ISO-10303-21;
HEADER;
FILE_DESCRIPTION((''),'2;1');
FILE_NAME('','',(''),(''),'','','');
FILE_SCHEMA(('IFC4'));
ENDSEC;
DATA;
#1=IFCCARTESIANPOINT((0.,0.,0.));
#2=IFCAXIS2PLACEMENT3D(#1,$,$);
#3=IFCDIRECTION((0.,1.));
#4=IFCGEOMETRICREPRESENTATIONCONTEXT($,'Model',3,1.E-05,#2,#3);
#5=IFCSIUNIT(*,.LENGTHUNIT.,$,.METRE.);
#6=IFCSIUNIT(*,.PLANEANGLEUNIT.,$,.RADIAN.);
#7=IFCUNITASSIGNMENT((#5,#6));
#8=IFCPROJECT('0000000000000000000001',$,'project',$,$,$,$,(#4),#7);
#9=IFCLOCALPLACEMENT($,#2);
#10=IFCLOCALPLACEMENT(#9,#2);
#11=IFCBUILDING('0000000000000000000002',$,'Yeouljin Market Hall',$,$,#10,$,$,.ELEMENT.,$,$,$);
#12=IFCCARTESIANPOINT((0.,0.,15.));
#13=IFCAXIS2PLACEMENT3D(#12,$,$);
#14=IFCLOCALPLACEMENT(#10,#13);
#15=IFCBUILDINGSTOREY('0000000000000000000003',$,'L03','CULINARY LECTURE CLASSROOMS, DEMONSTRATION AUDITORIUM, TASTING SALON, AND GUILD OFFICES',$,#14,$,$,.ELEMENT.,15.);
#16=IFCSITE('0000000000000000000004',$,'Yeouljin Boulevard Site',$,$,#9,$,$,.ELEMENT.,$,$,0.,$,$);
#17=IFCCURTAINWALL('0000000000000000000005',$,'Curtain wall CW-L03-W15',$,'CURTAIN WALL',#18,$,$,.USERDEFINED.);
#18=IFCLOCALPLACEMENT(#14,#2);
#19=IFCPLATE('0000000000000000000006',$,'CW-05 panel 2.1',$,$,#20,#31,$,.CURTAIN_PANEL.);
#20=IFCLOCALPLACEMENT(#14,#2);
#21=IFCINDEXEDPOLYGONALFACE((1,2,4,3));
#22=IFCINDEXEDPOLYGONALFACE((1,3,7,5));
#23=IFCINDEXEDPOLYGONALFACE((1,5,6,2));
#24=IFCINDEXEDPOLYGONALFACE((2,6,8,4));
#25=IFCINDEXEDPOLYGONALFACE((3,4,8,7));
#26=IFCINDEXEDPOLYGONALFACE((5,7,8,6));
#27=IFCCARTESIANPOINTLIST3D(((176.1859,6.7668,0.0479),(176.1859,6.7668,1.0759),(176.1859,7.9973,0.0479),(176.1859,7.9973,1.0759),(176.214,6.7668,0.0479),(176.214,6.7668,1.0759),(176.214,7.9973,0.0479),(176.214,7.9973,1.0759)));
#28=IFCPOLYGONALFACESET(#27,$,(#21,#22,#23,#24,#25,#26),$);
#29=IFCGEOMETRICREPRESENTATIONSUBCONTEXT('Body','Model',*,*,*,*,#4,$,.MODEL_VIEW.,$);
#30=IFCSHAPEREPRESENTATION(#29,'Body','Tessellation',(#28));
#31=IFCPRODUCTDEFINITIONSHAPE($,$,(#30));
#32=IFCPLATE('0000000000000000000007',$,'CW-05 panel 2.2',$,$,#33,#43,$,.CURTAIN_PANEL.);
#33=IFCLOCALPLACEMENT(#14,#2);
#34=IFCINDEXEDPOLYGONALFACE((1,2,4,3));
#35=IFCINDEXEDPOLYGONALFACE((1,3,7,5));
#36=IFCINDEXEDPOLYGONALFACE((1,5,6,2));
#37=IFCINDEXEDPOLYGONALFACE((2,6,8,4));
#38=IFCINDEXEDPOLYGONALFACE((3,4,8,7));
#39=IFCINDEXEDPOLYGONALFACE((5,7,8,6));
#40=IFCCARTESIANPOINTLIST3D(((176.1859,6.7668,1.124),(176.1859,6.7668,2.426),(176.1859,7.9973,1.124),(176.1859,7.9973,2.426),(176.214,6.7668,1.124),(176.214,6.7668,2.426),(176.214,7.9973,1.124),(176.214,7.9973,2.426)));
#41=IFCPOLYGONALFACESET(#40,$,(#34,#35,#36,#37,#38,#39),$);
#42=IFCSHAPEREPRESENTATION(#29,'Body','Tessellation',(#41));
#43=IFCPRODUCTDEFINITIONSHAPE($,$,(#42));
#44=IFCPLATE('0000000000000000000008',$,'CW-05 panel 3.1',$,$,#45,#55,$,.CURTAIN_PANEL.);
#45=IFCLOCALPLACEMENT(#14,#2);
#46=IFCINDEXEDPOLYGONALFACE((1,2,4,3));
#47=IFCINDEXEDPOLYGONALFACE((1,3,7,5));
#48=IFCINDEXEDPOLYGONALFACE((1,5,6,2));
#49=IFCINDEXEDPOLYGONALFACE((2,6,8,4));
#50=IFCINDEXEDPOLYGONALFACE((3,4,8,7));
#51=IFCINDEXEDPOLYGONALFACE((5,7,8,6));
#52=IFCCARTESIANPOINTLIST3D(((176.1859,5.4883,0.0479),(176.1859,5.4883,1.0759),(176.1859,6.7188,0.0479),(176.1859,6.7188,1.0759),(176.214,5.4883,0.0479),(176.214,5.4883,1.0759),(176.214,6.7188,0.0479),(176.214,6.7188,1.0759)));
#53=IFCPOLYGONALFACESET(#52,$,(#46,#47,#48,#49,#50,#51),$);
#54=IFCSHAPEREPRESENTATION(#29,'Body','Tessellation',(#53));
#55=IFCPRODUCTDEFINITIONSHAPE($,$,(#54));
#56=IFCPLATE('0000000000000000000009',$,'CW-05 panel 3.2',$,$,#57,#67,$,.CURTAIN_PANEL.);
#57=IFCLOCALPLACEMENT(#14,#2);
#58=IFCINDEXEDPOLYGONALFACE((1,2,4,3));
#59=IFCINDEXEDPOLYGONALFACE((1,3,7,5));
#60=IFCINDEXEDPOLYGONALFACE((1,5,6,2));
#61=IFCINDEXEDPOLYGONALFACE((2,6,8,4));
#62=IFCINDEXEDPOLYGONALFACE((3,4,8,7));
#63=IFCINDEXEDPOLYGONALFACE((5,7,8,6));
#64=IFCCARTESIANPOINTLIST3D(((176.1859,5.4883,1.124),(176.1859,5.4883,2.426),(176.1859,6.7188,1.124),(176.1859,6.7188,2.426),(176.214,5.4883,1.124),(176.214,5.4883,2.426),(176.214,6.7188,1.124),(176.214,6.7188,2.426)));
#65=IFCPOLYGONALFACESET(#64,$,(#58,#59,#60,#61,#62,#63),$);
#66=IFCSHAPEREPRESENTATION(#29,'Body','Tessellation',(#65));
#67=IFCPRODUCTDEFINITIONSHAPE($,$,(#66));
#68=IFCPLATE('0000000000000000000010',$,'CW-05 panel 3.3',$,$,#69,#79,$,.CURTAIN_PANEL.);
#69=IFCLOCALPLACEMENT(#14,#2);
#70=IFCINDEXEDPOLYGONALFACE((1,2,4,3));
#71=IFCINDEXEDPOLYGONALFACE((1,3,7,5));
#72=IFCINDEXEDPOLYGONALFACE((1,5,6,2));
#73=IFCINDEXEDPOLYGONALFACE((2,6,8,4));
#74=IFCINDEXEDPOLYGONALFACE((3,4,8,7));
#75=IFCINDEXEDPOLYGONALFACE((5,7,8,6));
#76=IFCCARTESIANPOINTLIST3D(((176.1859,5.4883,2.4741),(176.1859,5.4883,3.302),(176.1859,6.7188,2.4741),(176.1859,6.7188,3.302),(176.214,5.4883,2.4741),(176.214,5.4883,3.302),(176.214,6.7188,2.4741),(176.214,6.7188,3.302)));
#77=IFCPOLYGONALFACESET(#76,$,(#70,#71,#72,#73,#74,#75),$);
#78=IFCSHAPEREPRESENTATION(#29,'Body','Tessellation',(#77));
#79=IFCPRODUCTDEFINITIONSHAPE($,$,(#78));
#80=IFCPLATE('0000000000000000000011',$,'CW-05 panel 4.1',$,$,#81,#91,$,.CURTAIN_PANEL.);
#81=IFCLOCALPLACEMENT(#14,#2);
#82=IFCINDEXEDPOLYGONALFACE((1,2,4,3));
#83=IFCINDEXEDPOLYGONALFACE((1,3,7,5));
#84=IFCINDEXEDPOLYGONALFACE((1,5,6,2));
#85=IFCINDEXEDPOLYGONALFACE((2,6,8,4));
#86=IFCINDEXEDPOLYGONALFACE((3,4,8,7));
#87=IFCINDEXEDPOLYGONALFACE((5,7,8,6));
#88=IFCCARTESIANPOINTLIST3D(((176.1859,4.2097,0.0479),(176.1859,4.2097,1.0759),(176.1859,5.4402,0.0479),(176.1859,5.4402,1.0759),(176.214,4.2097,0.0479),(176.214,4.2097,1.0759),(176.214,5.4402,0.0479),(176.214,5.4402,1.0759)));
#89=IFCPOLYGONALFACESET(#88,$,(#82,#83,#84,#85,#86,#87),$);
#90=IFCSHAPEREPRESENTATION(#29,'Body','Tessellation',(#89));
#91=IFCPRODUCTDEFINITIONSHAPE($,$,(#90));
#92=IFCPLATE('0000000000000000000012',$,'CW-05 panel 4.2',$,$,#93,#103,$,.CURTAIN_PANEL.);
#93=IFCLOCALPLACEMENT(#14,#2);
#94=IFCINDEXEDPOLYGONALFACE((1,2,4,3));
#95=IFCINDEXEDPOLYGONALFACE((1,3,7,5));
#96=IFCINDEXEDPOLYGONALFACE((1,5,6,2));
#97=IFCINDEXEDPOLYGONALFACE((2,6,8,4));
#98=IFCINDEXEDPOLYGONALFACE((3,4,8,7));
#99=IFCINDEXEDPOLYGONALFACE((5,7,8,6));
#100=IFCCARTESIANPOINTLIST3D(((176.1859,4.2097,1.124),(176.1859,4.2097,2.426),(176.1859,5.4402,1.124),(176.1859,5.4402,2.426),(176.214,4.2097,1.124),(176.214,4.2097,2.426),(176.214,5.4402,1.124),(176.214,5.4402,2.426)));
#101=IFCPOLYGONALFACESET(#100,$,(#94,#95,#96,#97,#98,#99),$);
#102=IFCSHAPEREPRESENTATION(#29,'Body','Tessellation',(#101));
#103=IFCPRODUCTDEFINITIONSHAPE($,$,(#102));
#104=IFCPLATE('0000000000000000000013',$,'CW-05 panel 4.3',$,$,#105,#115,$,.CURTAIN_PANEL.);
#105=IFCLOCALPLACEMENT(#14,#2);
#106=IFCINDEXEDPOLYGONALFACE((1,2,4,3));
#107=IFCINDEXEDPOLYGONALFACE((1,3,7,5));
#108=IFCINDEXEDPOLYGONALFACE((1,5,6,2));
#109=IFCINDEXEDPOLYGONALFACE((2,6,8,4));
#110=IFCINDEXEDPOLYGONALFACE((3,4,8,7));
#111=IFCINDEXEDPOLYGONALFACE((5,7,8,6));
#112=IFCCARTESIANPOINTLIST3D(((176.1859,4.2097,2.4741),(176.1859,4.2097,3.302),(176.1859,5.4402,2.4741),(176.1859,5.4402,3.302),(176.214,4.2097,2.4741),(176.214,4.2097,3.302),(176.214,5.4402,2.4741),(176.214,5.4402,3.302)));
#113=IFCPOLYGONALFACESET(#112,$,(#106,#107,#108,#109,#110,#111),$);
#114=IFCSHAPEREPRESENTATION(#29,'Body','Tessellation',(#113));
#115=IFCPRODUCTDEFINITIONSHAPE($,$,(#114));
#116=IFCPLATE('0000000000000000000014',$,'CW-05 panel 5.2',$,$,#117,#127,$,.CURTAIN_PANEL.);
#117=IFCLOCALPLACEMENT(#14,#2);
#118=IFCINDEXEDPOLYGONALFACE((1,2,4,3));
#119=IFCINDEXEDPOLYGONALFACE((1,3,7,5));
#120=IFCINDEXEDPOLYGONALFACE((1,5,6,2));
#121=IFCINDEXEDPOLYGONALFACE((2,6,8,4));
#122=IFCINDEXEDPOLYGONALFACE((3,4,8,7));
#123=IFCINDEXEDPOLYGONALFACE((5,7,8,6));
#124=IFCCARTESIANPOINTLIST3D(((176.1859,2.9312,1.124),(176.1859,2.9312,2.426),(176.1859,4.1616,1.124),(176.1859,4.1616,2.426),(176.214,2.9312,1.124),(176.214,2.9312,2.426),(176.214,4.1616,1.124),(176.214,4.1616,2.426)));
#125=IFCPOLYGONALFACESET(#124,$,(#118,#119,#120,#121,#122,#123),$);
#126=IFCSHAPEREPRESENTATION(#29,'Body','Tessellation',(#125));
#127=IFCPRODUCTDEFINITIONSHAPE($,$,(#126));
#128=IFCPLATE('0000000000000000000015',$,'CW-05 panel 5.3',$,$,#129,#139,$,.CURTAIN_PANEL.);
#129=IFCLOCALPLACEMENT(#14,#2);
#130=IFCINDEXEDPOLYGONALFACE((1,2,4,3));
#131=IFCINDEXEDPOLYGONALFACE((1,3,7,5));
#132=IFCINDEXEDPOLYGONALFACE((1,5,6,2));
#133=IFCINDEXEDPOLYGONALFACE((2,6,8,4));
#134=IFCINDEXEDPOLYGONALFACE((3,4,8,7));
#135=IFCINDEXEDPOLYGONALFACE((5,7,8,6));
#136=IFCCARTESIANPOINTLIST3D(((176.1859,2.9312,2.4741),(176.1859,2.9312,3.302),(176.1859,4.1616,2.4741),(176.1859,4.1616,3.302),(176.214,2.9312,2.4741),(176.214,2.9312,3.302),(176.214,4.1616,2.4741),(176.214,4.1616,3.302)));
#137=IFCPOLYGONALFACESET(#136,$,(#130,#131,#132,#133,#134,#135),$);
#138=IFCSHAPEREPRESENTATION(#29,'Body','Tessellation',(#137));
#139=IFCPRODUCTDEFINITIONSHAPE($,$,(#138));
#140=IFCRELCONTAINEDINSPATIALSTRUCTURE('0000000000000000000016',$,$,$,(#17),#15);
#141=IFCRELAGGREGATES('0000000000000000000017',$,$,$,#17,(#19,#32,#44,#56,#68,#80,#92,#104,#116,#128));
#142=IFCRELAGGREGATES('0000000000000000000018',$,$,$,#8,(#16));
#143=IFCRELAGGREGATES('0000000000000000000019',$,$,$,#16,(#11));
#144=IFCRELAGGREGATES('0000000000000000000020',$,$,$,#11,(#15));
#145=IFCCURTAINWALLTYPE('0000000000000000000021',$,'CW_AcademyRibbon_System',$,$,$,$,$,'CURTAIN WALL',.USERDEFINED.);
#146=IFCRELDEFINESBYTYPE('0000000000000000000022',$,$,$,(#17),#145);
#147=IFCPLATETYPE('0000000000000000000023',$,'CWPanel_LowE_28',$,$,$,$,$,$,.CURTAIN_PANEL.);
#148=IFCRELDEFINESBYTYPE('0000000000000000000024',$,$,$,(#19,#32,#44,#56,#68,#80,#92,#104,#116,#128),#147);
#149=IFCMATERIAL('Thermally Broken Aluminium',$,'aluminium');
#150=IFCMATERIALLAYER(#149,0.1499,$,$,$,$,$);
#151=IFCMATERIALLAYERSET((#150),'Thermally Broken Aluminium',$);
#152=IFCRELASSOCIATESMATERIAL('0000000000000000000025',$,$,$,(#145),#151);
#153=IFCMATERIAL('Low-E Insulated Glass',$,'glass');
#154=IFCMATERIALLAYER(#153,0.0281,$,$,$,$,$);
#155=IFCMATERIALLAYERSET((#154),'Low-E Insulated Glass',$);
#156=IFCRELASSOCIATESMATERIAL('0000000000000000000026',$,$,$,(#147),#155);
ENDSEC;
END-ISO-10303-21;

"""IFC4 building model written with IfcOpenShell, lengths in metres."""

from ifc_helpers import new_model, si_unit, direction, frame, origin, origin_2d, place, context, subcontext, project, spatial, rectangle, extrude, material, layer, layer_set, type_object, element, aggregate, save


model = new_model("IFC4")

# Units and contexts
model_context = context("Model", 3, precision=1e-05, world=origin(), true_north=direction((0.0, 1.0)))
body_context = subcontext(model_context, "Body", "Model", "MODEL_VIEW")
ifc_project = project(units=[si_unit("LENGTHUNIT", "METRE"), si_unit("PLANEANGLEUNIT", "RADIAN")], contexts=[model_context])

# Site, building, storey
site_placement = place(None, origin())
site = spatial("IfcSite", under=ifc_project, at=site_placement, Name="Yeouljin Boulevard Site", CompositionType="ELEMENT", RefElevation=0.0)
building_placement = place(site_placement, origin())
building = spatial("IfcBuilding", under=site, at=building_placement, Name="Yeouljin Market Hall", CompositionType="ELEMENT")
storey_placement = place(building_placement, frame((0.0, 0.0, 15.0)))
storey = spatial("IfcBuildingStorey", under=building, at=storey_placement, Name="L03", Description="CULINARY LECTURE CLASSROOMS, DEMONSTRATION AUDITORIUM, TASTING SALON, AND GUILD OFFICES", CompositionType="ELEMENT", Elevation=15.0)

# Curtain wall, plates
ifc_material_1 = material(Name="Thermally Broken Aluminium", Category="aluminium")
ifc_layer_1 = layer(ifc_material_1, 0.1499)
ifc_layer_set_1 = layer_set([ifc_layer_1], Name="Thermally Broken Aluminium")
curtain_wall_type = type_object("IfcCurtainWallType", Name="CW_AcademyRibbon_System", ElementType="CURTAIN WALL", PredefinedType="USERDEFINED", material=ifc_layer_set_1)
curtain_wall_placement = place(storey_placement, origin())
curtain_wall = element("IfcCurtainWall", 1, at=curtain_wall_placement, inside=storey, type_object=curtain_wall_type, Name="Curtain wall CW-L03-W15", ObjectType="CURTAIN WALL", PredefinedType="USERDEFINED")
ifc_material_2 = material(Name="Low-E Insulated Glass", Category="glass")
ifc_layer_2 = layer(ifc_material_2, 0.0281)
ifc_layer_set_2 = layer_set([ifc_layer_2], Name="Low-E Insulated Glass")
plate_type = type_object("IfcPlateType", Name="CWPanel_LowE_28", PredefinedType="CURTAIN_PANEL", material=ifc_layer_set_2)
plate_1_placement = place(storey_placement, frame((176.2, 7.3821, 0.0479), z_axis=(0.0, 0.0, 1.0), x_axis=(0.0, -1.0, 0.0)))
plate_1 = element("IfcPlate", 2, at=plate_1_placement, type_object=plate_type, Name="CW-05 panel 2.1", PredefinedType="CURTAIN_PANEL", context=body_context, shape_type="SweptSolid", body=[
    extrude(rectangle(XDim=1.2305, YDim=0.0281, at=origin_2d()), origin(), (0.0, 0.0, 1.0), 1.0281),
])
plate_2_placement = place(storey_placement, frame((176.2, 7.3821, 1.124), z_axis=(0.0, 0.0, 1.0), x_axis=(0.0, -1.0, 0.0)))
plate_2 = element("IfcPlate", 3, at=plate_2_placement, type_object=plate_type, Name="CW-05 panel 2.2", PredefinedType="CURTAIN_PANEL", context=body_context, shape_type="SweptSolid", body=[
    extrude(rectangle(XDim=1.2305, YDim=0.0281, at=origin_2d()), origin(), (0.0, 0.0, 1.0), 1.302),
])
plate_3_placement = place(storey_placement, frame((176.2, 6.1035, 0.0479), z_axis=(0.0, 0.0, 1.0), x_axis=(0.0, -1.0, 0.0)))
plate_3 = element("IfcPlate", 4, at=plate_3_placement, type_object=plate_type, Name="CW-05 panel 3.1", PredefinedType="CURTAIN_PANEL", context=body_context, shape_type="SweptSolid", body=[
    extrude(rectangle(XDim=1.2305, YDim=0.0281, at=origin_2d()), origin(), (0.0, 0.0, 1.0), 1.0281),
])
plate_4_placement = place(storey_placement, frame((176.2, 6.1035, 1.124), z_axis=(0.0, 0.0, 1.0), x_axis=(0.0, -1.0, 0.0)))
plate_4 = element("IfcPlate", 5, at=plate_4_placement, type_object=plate_type, Name="CW-05 panel 3.2", PredefinedType="CURTAIN_PANEL", context=body_context, shape_type="SweptSolid", body=[
    extrude(rectangle(XDim=1.2305, YDim=0.0281, at=origin_2d()), origin(), (0.0, 0.0, 1.0), 1.302),
])
plate_5_placement = place(storey_placement, frame((176.2, 6.1035, 2.4741), z_axis=(0.0, 0.0, 1.0), x_axis=(0.0, -1.0, 0.0)))
plate_5 = element("IfcPlate", 6, at=plate_5_placement, type_object=plate_type, Name="CW-05 panel 3.3", PredefinedType="CURTAIN_PANEL", context=body_context, shape_type="SweptSolid", body=[
    extrude(rectangle(XDim=1.2305, YDim=0.0281, at=origin_2d()), origin(), (0.0, 0.0, 1.0), 0.8279),
])
plate_6_placement = place(storey_placement, frame((176.2, 4.825, 0.0479), z_axis=(0.0, 0.0, 1.0), x_axis=(0.0, -1.0, 0.0)))
plate_6 = element("IfcPlate", 7, at=plate_6_placement, type_object=plate_type, Name="CW-05 panel 4.1", PredefinedType="CURTAIN_PANEL", context=body_context, shape_type="SweptSolid", body=[
    extrude(rectangle(XDim=1.2305, YDim=0.0281, at=origin_2d()), origin(), (0.0, 0.0, 1.0), 1.0281),
])
plate_7_placement = place(storey_placement, frame((176.2, 4.825, 1.124), z_axis=(0.0, 0.0, 1.0), x_axis=(0.0, -1.0, 0.0)))
plate_7 = element("IfcPlate", 8, at=plate_7_placement, type_object=plate_type, Name="CW-05 panel 4.2", PredefinedType="CURTAIN_PANEL", context=body_context, shape_type="SweptSolid", body=[
    extrude(rectangle(XDim=1.2305, YDim=0.0281, at=origin_2d()), origin(), (0.0, 0.0, 1.0), 1.302),
])
plate_8_placement = place(storey_placement, frame((176.2, 4.825, 2.4741), z_axis=(0.0, 0.0, 1.0), x_axis=(0.0, -1.0, 0.0)))
plate_8 = element("IfcPlate", 9, at=plate_8_placement, type_object=plate_type, Name="CW-05 panel 4.3", PredefinedType="CURTAIN_PANEL", context=body_context, shape_type="SweptSolid", body=[
    extrude(rectangle(XDim=1.2305, YDim=0.0281, at=origin_2d()), origin(), (0.0, 0.0, 1.0), 0.8279),
])
plate_9_placement = place(storey_placement, frame((176.2, 3.5464, 1.124), z_axis=(0.0, 0.0, 1.0), x_axis=(0.0, -1.0, 0.0)))
plate_9 = element("IfcPlate", 10, at=plate_9_placement, type_object=plate_type, Name="CW-05 panel 5.2", PredefinedType="CURTAIN_PANEL", context=body_context, shape_type="SweptSolid", body=[
    extrude(rectangle(XDim=1.2305, YDim=0.0281, at=origin_2d()), origin(), (0.0, 0.0, 1.0), 1.302),
])
plate_10_placement = place(storey_placement, frame((176.2, 3.5464, 2.4741), z_axis=(0.0, 0.0, 1.0), x_axis=(0.0, -1.0, 0.0)))
plate_10 = element("IfcPlate", 11, at=plate_10_placement, type_object=plate_type, Name="CW-05 panel 5.3", PredefinedType="CURTAIN_PANEL", context=body_context, shape_type="SweptSolid", body=[
    extrude(rectangle(XDim=1.2305, YDim=0.0281, at=origin_2d()), origin(), (0.0, 0.0, 1.0), 0.8279),
])
aggregate(curtain_wall, [plate_1, plate_2, plate_3, plate_4, plate_5, plate_6, plate_7, plate_8, plate_9, plate_10])

save(model, "model.ifc")
